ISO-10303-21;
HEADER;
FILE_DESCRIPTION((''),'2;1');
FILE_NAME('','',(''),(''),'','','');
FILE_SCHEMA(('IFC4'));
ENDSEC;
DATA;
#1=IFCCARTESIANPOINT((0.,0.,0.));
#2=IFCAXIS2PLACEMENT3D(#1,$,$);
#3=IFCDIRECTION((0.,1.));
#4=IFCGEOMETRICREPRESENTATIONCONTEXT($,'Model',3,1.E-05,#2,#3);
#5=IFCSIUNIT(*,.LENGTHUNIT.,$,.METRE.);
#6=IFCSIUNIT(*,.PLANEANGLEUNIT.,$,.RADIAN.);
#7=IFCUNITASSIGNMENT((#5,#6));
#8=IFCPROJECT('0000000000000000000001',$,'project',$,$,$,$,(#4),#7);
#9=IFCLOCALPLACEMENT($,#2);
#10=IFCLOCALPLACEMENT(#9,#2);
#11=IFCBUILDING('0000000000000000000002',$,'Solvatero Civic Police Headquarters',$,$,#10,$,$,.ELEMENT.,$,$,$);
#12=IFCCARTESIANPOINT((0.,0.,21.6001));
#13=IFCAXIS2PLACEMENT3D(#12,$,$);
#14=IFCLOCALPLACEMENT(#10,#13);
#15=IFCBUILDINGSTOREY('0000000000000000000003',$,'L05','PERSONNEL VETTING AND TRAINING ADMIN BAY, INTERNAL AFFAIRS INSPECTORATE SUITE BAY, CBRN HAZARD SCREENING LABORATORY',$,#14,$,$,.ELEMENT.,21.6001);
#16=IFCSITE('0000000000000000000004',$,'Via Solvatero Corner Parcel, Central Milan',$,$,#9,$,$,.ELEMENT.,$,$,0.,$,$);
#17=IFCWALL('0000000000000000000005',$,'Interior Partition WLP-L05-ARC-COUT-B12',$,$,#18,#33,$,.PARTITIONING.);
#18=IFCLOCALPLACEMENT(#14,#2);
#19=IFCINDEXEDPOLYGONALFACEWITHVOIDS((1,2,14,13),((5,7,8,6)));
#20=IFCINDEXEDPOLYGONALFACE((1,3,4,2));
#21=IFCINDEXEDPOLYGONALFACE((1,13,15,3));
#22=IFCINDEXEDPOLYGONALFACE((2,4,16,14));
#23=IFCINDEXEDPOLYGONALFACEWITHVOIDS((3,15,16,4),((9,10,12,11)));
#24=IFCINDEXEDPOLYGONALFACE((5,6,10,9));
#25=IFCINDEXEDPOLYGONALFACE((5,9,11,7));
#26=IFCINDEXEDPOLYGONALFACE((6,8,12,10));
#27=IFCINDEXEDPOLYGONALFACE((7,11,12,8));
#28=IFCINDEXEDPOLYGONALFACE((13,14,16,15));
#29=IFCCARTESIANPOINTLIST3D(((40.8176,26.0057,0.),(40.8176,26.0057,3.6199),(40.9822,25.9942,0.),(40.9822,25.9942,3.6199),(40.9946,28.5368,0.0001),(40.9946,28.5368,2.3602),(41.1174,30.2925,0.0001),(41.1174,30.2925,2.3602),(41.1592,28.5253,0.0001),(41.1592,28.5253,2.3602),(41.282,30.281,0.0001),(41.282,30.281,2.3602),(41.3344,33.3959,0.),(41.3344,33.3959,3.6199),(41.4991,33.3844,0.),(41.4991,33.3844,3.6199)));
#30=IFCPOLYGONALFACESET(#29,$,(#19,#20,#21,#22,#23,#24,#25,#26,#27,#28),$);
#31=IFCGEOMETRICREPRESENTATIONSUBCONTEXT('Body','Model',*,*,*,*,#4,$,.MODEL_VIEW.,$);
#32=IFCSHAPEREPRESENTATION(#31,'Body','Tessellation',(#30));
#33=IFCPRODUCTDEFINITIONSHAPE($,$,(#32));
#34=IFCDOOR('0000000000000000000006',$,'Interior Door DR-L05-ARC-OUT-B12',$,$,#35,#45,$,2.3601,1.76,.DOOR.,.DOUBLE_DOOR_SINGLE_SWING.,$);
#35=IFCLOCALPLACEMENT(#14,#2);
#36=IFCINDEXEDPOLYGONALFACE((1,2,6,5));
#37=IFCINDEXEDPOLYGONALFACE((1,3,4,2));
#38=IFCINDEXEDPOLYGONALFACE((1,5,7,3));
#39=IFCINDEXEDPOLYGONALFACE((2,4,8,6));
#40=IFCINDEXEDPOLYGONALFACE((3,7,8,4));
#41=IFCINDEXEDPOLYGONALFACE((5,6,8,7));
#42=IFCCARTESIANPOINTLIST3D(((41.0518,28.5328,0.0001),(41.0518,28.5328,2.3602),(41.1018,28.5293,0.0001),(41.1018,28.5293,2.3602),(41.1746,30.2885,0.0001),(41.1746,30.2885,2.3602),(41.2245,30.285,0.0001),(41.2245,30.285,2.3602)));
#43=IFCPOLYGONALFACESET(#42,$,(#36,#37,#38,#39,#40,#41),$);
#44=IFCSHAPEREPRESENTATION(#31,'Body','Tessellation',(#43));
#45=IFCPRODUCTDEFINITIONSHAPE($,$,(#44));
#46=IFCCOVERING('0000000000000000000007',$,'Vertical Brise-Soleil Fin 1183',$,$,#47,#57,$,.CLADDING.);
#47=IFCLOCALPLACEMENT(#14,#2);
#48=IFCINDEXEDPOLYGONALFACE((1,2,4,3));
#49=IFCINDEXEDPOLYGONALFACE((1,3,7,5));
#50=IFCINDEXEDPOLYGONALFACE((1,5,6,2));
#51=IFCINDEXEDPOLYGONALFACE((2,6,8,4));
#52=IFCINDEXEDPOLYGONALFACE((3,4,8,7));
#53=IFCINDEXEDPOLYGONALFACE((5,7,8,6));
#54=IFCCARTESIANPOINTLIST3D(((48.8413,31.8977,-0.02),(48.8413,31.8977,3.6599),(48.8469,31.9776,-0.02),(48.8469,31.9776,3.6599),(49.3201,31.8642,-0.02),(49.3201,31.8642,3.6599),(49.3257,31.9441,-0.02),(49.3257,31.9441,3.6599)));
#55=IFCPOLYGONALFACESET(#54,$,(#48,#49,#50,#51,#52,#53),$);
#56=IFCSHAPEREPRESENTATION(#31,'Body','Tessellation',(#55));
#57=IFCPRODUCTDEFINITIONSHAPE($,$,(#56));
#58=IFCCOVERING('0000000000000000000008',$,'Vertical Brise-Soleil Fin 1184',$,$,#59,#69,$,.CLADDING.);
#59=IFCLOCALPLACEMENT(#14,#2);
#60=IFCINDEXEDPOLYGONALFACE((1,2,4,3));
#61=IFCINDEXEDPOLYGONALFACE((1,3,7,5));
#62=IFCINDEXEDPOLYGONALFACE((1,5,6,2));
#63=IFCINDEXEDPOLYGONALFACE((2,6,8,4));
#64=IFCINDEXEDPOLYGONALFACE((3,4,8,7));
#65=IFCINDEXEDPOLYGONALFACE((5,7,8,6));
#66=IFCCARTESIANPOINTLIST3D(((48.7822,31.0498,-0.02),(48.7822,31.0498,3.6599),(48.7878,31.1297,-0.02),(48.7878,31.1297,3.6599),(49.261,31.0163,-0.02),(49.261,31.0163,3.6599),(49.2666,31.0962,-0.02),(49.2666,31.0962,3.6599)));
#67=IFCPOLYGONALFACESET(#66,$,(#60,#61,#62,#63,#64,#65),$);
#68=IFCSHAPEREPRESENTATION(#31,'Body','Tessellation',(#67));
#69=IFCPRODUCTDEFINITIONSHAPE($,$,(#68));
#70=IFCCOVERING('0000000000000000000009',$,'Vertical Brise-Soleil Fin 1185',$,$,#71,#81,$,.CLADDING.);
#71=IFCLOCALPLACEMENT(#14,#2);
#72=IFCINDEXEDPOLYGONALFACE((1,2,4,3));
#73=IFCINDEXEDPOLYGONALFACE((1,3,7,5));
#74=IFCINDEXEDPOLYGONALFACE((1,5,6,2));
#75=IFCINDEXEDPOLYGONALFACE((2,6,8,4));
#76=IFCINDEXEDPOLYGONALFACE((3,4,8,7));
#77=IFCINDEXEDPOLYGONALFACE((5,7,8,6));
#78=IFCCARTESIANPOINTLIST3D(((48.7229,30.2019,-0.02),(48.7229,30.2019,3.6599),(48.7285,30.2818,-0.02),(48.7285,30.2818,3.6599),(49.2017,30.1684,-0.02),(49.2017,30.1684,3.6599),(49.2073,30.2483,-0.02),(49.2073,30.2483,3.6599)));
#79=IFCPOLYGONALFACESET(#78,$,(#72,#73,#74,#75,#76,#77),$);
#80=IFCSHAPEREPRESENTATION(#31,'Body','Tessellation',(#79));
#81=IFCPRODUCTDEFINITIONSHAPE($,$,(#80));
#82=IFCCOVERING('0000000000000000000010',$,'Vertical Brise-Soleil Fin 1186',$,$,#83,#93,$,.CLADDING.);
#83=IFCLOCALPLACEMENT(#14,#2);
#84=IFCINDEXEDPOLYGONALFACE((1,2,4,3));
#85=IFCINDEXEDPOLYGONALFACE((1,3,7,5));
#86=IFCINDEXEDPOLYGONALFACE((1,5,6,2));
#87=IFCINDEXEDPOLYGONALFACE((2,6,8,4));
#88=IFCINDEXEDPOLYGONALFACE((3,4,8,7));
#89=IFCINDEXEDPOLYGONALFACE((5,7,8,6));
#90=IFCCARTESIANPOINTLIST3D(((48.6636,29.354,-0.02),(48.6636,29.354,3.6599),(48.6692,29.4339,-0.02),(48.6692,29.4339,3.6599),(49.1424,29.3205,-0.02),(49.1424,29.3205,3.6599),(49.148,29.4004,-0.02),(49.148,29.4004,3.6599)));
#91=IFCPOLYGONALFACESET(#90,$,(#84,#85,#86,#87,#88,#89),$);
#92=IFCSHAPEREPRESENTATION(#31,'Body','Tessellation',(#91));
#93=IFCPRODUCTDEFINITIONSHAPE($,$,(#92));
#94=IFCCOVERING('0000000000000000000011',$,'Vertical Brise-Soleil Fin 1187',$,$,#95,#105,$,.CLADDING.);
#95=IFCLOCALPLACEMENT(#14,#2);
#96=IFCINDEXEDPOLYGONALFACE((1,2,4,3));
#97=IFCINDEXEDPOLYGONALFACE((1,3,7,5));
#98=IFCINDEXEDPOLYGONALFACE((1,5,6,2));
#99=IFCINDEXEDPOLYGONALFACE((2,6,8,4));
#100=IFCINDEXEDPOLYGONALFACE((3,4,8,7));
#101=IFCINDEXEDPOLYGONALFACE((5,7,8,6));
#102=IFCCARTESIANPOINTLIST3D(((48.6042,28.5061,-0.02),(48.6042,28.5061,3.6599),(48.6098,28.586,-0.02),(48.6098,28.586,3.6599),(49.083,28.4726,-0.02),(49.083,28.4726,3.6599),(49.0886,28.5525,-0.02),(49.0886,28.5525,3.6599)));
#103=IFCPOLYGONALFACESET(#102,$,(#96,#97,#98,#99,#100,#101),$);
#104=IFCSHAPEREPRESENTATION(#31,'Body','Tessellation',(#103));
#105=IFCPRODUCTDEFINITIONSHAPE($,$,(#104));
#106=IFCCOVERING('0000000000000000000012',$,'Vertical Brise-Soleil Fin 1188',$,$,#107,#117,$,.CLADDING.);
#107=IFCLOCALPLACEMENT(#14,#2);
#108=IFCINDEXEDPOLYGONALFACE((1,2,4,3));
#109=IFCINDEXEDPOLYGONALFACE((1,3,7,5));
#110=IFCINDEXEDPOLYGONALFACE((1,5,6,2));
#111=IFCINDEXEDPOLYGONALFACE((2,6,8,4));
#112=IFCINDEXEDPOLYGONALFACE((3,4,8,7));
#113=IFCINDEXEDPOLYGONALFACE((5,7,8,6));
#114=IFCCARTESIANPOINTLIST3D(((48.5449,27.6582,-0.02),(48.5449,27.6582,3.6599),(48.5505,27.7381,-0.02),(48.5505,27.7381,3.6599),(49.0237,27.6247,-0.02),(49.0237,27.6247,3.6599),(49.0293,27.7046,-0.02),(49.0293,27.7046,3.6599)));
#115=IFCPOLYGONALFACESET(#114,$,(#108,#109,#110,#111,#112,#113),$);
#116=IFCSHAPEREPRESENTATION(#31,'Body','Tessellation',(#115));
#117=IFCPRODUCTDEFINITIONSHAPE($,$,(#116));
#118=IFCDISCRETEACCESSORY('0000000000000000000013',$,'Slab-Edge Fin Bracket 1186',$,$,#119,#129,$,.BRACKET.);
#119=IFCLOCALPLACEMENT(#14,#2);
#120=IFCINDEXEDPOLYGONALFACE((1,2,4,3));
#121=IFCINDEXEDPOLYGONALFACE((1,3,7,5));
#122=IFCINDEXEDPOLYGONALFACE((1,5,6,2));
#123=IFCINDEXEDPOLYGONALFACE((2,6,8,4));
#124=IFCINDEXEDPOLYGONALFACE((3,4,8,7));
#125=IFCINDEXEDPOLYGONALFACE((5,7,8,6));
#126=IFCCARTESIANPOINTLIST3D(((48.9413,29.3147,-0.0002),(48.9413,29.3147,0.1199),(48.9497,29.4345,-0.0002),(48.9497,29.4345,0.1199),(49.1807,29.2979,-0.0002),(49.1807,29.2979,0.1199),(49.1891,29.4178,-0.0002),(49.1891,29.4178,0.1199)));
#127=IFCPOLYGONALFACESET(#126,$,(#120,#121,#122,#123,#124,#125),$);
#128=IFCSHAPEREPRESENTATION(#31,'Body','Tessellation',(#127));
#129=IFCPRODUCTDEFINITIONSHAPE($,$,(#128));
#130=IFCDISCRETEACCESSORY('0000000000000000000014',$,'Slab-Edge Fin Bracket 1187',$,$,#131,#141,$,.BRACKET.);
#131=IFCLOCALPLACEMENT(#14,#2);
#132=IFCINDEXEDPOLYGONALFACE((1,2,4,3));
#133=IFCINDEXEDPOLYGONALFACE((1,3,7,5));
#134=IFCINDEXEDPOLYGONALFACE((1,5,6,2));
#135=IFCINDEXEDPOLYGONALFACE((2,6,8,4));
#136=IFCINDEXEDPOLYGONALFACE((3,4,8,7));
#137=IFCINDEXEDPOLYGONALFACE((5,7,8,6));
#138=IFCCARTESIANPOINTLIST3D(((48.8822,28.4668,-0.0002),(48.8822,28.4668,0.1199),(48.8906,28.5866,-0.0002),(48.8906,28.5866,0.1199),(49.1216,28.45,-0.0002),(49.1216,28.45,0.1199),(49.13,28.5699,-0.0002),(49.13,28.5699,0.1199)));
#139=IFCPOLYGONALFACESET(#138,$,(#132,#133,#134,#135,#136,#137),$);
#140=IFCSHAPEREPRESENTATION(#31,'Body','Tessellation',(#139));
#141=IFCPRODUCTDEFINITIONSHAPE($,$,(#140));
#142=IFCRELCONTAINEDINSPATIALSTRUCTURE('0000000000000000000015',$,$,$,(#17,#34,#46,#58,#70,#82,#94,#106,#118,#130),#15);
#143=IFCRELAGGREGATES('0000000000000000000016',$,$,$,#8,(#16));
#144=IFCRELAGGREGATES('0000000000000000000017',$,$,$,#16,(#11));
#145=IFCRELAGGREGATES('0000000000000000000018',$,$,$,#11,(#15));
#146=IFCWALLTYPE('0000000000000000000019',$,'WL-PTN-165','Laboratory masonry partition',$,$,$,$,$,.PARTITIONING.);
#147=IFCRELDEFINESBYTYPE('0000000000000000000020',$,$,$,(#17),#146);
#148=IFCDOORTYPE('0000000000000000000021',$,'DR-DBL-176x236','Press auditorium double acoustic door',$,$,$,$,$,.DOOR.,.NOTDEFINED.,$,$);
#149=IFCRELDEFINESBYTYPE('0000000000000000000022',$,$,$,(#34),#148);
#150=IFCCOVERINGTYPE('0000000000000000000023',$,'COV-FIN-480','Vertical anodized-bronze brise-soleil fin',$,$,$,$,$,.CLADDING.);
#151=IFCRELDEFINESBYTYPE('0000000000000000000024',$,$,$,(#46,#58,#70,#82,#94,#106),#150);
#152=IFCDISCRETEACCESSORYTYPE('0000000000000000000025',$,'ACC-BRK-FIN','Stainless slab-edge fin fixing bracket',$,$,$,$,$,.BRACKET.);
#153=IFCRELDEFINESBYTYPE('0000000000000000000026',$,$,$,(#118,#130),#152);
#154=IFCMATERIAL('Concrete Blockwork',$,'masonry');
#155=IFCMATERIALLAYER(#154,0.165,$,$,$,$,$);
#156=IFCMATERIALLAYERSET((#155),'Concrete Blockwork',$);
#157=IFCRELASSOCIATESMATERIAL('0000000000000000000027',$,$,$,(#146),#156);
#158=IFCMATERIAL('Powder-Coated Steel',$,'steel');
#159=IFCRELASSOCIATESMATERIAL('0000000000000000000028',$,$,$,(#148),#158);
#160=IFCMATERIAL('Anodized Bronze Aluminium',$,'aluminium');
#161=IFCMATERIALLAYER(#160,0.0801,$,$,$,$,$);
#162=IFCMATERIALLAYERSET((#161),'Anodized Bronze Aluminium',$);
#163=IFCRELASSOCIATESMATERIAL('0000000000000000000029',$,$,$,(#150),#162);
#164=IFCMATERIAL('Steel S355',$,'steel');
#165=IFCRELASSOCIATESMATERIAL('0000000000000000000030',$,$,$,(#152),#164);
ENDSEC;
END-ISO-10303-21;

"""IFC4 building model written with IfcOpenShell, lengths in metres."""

from ifc_helpers import new_model, si_unit, direction, frame, frame_2d, origin, origin_2d, place, context, subcontext, project, spatial, rectangle, extrude, material, layer, layer_set, type_object, element, fill, save


model = new_model("IFC4")

# Units and contexts
model_context = context("Model", 3, precision=1e-05, world=origin(), true_north=direction((0.0, 1.0)))
body_context = subcontext(model_context, "Body", "Model", "MODEL_VIEW")
ifc_project = project(units=[si_unit("LENGTHUNIT", "METRE"), si_unit("PLANEANGLEUNIT", "RADIAN")], contexts=[model_context])

# Site, building, storey
site_placement = place(None, origin())
site = spatial("IfcSite", under=ifc_project, at=site_placement, Name="Via Solvatero Corner Parcel, Central Milan", CompositionType="ELEMENT", RefElevation=0.0)
building_placement = place(site_placement, origin())
building = spatial("IfcBuilding", under=site, at=building_placement, Name="Solvatero Civic Police Headquarters", CompositionType="ELEMENT")
storey_placement = place(building_placement, frame((0.0, 0.0, 21.6001)))
storey = spatial("IfcBuildingStorey", under=building, at=storey_placement, Name="L05", Description="PERSONNEL VETTING AND TRAINING ADMIN BAY, INTERNAL AFFAIRS INSPECTORATE SUITE BAY, CBRN HAZARD SCREENING LABORATORY", CompositionType="ELEMENT", Elevation=21.6001)

# Shared definitions
ifc_material_1 = material(Name="Steel S355", Category="steel")

# Shared definitions
ifc_material_2 = material(Name="Anodized Bronze Aluminium", Category="aluminium")

# Shared definitions
ifc_material_3 = material(Name="Concrete Blockwork", Category="masonry")
ifc_layer_1 = layer(ifc_material_3, 0.165)
ifc_layer_set_1 = layer_set([ifc_layer_1], Name="Concrete Blockwork")
wall_type_1 = type_object("IfcWallType", Name="WL-PTN-165", Description="Laboratory masonry partition", PredefinedType="PARTITIONING", material=ifc_layer_set_1)
ifc_material_4 = material(Name="Powder-Coated Steel", Category="steel")

# Wall, opening, door
wall_1_placement = place(storey_placement, frame((41.4167, 33.3901, 0.0), z_axis=(0.0, 0.0, 1.0), x_axis=(-0.069767, -0.997563, 0.0)))
wall_1 = element("IfcWall", 1, at=wall_1_placement, inside=storey, type_object=wall_type_1, Name="Interior Partition WLP-L05-ARC-COUT-B12", PredefinedType="PARTITIONING", context=body_context, shape_type="SweptSolid", body=[
    extrude(rectangle(XDim=7.4082, YDim=0.165, at=frame_2d((3.7041, 0.0))), origin(), (0.0, 0.0, 1.0), 3.6199),
])
opening_1_placement = place(wall_1_placement, frame((3.1111, 0.0, 0.0)))
opening_1 = element("IfcOpeningElement", 2, at=opening_1_placement, cuts=wall_1, PredefinedType="OPENING", context=body_context, shape_type="SweptSolid", body=[
    extrude(rectangle(XDim=1.76, YDim=2.3601, at=frame_2d((0.8799, 1.1802))), frame((0.0, 0.0925, 0.0), z_axis=(0.0, -1.0, 0.0), x_axis=(1.0, 0.0, 0.0)), (0.0, 0.0, 1.0), 0.1851),
])
door_type_1 = type_object("IfcDoorType", Name="DR-DBL-176x236", Description="Press auditorium double acoustic door", OperationType="NOTDEFINED", PredefinedType="DOOR", material=ifc_material_4)
door_1_placement = place(opening_1_placement, origin())
door_1 = element("IfcDoor", 3, at=door_1_placement, inside=storey, type_object=door_type_1, Name="Interior Door DR-L05-ARC-OUT-B12", OperationType="DOUBLE_DOOR_SINGLE_SWING", OverallHeight=2.3601, OverallWidth=1.76, PredefinedType="DOOR", context=body_context, shape_type="SweptSolid", body=[
    extrude(rectangle(XDim=1.76, YDim=2.3601, at=frame_2d((0.8799, 1.1802))), frame((0.0, 0.0249, 0.0), z_axis=(0.0, -1.0, 0.0), x_axis=(1.0, 0.0, 0.0)), (0.0, 0.0, 1.0), 0.05),
])
fill(opening_1, door_1)

# Coverings
ifc_layer_2 = layer(ifc_material_2, 0.0801)
ifc_layer_set_2 = layer_set([ifc_layer_2], Name="Anodized Bronze Aluminium")
covering_type = type_object("IfcCoveringType", Name="COV-FIN-480", Description="Vertical anodized-bronze brise-soleil fin", PredefinedType="CLADDING", material=ifc_layer_set_2)
for number, where, z_axis, x_axis, name in (
    (4, (49.0835, 31.9209, -0.02), (0.0, 0.0, 1.0), (-0.069774, -0.997563, 0.0), "Vertical Brise-Soleil Fin 1183"),
    (5, (49.0244, 31.073, -0.02), (0.0, 0.0, 1.0), (-0.069774, -0.997563, 0.0), "Vertical Brise-Soleil Fin 1184"),
    (6, (48.9651, 30.2251, -0.02), (0.0, 0.0, 1.0), (-0.069774, -0.997563, 0.0), "Vertical Brise-Soleil Fin 1185"),
    (7, (48.9058, 29.3772, -0.02), (0.0, 0.0, 1.0), (-0.069774, -0.997563, 0.0), "Vertical Brise-Soleil Fin 1186"),
    (8, (48.8464, 28.5293, -0.02), (0.0, 0.0, 1.0), (-0.069774, -0.997563, 0.0), "Vertical Brise-Soleil Fin 1187"),
    (9, (48.7871, 27.6814, -0.02), (0.0, 0.0, 1.0), (-0.069774, -0.997563, 0.0), "Vertical Brise-Soleil Fin 1188"),
):
    element("IfcCovering", number, at=place(storey_placement, frame(where, z_axis=z_axis, x_axis=x_axis)), inside=storey, type_object=covering_type, Name=name, PredefinedType="CLADDING", context=body_context, shape_type="SweptSolid", body=[
        extrude(rectangle(XDim=0.0801, YDim=0.48, at=origin_2d()), origin(), (0.0, 0.0, 1.0), 3.6799),
    ])

# Discrete accessories
discrete_accessory_type = type_object("IfcDiscreteAccessoryType", Name="ACC-BRK-FIN", Description="Stainless slab-edge fin fixing bracket", PredefinedType="BRACKET", material=ifc_material_1)
for number, where, z_axis, x_axis, name in (
    (10, (49.0652, 29.3662, -0.0002), (0.0, 0.0, 1.0), (-0.069774, -0.997563, 0.0), "Slab-Edge Fin Bracket 1186"),
    (11, (49.0061, 28.5183, -0.0002), (0.0, 0.0, 1.0), (-0.069774, -0.997563, 0.0), "Slab-Edge Fin Bracket 1187"),
):
    element("IfcDiscreteAccessory", number, at=place(storey_placement, frame(where, z_axis=z_axis, x_axis=x_axis)), inside=storey, type_object=discrete_accessory_type, Name=name, PredefinedType="BRACKET", context=body_context, shape_type="SweptSolid", body=[
        extrude(rectangle(XDim=0.1201, YDim=0.24, at=origin_2d()), origin(), (0.0, 0.0, 1.0), 0.1201),
    ])

save(model, "model.ifc")
